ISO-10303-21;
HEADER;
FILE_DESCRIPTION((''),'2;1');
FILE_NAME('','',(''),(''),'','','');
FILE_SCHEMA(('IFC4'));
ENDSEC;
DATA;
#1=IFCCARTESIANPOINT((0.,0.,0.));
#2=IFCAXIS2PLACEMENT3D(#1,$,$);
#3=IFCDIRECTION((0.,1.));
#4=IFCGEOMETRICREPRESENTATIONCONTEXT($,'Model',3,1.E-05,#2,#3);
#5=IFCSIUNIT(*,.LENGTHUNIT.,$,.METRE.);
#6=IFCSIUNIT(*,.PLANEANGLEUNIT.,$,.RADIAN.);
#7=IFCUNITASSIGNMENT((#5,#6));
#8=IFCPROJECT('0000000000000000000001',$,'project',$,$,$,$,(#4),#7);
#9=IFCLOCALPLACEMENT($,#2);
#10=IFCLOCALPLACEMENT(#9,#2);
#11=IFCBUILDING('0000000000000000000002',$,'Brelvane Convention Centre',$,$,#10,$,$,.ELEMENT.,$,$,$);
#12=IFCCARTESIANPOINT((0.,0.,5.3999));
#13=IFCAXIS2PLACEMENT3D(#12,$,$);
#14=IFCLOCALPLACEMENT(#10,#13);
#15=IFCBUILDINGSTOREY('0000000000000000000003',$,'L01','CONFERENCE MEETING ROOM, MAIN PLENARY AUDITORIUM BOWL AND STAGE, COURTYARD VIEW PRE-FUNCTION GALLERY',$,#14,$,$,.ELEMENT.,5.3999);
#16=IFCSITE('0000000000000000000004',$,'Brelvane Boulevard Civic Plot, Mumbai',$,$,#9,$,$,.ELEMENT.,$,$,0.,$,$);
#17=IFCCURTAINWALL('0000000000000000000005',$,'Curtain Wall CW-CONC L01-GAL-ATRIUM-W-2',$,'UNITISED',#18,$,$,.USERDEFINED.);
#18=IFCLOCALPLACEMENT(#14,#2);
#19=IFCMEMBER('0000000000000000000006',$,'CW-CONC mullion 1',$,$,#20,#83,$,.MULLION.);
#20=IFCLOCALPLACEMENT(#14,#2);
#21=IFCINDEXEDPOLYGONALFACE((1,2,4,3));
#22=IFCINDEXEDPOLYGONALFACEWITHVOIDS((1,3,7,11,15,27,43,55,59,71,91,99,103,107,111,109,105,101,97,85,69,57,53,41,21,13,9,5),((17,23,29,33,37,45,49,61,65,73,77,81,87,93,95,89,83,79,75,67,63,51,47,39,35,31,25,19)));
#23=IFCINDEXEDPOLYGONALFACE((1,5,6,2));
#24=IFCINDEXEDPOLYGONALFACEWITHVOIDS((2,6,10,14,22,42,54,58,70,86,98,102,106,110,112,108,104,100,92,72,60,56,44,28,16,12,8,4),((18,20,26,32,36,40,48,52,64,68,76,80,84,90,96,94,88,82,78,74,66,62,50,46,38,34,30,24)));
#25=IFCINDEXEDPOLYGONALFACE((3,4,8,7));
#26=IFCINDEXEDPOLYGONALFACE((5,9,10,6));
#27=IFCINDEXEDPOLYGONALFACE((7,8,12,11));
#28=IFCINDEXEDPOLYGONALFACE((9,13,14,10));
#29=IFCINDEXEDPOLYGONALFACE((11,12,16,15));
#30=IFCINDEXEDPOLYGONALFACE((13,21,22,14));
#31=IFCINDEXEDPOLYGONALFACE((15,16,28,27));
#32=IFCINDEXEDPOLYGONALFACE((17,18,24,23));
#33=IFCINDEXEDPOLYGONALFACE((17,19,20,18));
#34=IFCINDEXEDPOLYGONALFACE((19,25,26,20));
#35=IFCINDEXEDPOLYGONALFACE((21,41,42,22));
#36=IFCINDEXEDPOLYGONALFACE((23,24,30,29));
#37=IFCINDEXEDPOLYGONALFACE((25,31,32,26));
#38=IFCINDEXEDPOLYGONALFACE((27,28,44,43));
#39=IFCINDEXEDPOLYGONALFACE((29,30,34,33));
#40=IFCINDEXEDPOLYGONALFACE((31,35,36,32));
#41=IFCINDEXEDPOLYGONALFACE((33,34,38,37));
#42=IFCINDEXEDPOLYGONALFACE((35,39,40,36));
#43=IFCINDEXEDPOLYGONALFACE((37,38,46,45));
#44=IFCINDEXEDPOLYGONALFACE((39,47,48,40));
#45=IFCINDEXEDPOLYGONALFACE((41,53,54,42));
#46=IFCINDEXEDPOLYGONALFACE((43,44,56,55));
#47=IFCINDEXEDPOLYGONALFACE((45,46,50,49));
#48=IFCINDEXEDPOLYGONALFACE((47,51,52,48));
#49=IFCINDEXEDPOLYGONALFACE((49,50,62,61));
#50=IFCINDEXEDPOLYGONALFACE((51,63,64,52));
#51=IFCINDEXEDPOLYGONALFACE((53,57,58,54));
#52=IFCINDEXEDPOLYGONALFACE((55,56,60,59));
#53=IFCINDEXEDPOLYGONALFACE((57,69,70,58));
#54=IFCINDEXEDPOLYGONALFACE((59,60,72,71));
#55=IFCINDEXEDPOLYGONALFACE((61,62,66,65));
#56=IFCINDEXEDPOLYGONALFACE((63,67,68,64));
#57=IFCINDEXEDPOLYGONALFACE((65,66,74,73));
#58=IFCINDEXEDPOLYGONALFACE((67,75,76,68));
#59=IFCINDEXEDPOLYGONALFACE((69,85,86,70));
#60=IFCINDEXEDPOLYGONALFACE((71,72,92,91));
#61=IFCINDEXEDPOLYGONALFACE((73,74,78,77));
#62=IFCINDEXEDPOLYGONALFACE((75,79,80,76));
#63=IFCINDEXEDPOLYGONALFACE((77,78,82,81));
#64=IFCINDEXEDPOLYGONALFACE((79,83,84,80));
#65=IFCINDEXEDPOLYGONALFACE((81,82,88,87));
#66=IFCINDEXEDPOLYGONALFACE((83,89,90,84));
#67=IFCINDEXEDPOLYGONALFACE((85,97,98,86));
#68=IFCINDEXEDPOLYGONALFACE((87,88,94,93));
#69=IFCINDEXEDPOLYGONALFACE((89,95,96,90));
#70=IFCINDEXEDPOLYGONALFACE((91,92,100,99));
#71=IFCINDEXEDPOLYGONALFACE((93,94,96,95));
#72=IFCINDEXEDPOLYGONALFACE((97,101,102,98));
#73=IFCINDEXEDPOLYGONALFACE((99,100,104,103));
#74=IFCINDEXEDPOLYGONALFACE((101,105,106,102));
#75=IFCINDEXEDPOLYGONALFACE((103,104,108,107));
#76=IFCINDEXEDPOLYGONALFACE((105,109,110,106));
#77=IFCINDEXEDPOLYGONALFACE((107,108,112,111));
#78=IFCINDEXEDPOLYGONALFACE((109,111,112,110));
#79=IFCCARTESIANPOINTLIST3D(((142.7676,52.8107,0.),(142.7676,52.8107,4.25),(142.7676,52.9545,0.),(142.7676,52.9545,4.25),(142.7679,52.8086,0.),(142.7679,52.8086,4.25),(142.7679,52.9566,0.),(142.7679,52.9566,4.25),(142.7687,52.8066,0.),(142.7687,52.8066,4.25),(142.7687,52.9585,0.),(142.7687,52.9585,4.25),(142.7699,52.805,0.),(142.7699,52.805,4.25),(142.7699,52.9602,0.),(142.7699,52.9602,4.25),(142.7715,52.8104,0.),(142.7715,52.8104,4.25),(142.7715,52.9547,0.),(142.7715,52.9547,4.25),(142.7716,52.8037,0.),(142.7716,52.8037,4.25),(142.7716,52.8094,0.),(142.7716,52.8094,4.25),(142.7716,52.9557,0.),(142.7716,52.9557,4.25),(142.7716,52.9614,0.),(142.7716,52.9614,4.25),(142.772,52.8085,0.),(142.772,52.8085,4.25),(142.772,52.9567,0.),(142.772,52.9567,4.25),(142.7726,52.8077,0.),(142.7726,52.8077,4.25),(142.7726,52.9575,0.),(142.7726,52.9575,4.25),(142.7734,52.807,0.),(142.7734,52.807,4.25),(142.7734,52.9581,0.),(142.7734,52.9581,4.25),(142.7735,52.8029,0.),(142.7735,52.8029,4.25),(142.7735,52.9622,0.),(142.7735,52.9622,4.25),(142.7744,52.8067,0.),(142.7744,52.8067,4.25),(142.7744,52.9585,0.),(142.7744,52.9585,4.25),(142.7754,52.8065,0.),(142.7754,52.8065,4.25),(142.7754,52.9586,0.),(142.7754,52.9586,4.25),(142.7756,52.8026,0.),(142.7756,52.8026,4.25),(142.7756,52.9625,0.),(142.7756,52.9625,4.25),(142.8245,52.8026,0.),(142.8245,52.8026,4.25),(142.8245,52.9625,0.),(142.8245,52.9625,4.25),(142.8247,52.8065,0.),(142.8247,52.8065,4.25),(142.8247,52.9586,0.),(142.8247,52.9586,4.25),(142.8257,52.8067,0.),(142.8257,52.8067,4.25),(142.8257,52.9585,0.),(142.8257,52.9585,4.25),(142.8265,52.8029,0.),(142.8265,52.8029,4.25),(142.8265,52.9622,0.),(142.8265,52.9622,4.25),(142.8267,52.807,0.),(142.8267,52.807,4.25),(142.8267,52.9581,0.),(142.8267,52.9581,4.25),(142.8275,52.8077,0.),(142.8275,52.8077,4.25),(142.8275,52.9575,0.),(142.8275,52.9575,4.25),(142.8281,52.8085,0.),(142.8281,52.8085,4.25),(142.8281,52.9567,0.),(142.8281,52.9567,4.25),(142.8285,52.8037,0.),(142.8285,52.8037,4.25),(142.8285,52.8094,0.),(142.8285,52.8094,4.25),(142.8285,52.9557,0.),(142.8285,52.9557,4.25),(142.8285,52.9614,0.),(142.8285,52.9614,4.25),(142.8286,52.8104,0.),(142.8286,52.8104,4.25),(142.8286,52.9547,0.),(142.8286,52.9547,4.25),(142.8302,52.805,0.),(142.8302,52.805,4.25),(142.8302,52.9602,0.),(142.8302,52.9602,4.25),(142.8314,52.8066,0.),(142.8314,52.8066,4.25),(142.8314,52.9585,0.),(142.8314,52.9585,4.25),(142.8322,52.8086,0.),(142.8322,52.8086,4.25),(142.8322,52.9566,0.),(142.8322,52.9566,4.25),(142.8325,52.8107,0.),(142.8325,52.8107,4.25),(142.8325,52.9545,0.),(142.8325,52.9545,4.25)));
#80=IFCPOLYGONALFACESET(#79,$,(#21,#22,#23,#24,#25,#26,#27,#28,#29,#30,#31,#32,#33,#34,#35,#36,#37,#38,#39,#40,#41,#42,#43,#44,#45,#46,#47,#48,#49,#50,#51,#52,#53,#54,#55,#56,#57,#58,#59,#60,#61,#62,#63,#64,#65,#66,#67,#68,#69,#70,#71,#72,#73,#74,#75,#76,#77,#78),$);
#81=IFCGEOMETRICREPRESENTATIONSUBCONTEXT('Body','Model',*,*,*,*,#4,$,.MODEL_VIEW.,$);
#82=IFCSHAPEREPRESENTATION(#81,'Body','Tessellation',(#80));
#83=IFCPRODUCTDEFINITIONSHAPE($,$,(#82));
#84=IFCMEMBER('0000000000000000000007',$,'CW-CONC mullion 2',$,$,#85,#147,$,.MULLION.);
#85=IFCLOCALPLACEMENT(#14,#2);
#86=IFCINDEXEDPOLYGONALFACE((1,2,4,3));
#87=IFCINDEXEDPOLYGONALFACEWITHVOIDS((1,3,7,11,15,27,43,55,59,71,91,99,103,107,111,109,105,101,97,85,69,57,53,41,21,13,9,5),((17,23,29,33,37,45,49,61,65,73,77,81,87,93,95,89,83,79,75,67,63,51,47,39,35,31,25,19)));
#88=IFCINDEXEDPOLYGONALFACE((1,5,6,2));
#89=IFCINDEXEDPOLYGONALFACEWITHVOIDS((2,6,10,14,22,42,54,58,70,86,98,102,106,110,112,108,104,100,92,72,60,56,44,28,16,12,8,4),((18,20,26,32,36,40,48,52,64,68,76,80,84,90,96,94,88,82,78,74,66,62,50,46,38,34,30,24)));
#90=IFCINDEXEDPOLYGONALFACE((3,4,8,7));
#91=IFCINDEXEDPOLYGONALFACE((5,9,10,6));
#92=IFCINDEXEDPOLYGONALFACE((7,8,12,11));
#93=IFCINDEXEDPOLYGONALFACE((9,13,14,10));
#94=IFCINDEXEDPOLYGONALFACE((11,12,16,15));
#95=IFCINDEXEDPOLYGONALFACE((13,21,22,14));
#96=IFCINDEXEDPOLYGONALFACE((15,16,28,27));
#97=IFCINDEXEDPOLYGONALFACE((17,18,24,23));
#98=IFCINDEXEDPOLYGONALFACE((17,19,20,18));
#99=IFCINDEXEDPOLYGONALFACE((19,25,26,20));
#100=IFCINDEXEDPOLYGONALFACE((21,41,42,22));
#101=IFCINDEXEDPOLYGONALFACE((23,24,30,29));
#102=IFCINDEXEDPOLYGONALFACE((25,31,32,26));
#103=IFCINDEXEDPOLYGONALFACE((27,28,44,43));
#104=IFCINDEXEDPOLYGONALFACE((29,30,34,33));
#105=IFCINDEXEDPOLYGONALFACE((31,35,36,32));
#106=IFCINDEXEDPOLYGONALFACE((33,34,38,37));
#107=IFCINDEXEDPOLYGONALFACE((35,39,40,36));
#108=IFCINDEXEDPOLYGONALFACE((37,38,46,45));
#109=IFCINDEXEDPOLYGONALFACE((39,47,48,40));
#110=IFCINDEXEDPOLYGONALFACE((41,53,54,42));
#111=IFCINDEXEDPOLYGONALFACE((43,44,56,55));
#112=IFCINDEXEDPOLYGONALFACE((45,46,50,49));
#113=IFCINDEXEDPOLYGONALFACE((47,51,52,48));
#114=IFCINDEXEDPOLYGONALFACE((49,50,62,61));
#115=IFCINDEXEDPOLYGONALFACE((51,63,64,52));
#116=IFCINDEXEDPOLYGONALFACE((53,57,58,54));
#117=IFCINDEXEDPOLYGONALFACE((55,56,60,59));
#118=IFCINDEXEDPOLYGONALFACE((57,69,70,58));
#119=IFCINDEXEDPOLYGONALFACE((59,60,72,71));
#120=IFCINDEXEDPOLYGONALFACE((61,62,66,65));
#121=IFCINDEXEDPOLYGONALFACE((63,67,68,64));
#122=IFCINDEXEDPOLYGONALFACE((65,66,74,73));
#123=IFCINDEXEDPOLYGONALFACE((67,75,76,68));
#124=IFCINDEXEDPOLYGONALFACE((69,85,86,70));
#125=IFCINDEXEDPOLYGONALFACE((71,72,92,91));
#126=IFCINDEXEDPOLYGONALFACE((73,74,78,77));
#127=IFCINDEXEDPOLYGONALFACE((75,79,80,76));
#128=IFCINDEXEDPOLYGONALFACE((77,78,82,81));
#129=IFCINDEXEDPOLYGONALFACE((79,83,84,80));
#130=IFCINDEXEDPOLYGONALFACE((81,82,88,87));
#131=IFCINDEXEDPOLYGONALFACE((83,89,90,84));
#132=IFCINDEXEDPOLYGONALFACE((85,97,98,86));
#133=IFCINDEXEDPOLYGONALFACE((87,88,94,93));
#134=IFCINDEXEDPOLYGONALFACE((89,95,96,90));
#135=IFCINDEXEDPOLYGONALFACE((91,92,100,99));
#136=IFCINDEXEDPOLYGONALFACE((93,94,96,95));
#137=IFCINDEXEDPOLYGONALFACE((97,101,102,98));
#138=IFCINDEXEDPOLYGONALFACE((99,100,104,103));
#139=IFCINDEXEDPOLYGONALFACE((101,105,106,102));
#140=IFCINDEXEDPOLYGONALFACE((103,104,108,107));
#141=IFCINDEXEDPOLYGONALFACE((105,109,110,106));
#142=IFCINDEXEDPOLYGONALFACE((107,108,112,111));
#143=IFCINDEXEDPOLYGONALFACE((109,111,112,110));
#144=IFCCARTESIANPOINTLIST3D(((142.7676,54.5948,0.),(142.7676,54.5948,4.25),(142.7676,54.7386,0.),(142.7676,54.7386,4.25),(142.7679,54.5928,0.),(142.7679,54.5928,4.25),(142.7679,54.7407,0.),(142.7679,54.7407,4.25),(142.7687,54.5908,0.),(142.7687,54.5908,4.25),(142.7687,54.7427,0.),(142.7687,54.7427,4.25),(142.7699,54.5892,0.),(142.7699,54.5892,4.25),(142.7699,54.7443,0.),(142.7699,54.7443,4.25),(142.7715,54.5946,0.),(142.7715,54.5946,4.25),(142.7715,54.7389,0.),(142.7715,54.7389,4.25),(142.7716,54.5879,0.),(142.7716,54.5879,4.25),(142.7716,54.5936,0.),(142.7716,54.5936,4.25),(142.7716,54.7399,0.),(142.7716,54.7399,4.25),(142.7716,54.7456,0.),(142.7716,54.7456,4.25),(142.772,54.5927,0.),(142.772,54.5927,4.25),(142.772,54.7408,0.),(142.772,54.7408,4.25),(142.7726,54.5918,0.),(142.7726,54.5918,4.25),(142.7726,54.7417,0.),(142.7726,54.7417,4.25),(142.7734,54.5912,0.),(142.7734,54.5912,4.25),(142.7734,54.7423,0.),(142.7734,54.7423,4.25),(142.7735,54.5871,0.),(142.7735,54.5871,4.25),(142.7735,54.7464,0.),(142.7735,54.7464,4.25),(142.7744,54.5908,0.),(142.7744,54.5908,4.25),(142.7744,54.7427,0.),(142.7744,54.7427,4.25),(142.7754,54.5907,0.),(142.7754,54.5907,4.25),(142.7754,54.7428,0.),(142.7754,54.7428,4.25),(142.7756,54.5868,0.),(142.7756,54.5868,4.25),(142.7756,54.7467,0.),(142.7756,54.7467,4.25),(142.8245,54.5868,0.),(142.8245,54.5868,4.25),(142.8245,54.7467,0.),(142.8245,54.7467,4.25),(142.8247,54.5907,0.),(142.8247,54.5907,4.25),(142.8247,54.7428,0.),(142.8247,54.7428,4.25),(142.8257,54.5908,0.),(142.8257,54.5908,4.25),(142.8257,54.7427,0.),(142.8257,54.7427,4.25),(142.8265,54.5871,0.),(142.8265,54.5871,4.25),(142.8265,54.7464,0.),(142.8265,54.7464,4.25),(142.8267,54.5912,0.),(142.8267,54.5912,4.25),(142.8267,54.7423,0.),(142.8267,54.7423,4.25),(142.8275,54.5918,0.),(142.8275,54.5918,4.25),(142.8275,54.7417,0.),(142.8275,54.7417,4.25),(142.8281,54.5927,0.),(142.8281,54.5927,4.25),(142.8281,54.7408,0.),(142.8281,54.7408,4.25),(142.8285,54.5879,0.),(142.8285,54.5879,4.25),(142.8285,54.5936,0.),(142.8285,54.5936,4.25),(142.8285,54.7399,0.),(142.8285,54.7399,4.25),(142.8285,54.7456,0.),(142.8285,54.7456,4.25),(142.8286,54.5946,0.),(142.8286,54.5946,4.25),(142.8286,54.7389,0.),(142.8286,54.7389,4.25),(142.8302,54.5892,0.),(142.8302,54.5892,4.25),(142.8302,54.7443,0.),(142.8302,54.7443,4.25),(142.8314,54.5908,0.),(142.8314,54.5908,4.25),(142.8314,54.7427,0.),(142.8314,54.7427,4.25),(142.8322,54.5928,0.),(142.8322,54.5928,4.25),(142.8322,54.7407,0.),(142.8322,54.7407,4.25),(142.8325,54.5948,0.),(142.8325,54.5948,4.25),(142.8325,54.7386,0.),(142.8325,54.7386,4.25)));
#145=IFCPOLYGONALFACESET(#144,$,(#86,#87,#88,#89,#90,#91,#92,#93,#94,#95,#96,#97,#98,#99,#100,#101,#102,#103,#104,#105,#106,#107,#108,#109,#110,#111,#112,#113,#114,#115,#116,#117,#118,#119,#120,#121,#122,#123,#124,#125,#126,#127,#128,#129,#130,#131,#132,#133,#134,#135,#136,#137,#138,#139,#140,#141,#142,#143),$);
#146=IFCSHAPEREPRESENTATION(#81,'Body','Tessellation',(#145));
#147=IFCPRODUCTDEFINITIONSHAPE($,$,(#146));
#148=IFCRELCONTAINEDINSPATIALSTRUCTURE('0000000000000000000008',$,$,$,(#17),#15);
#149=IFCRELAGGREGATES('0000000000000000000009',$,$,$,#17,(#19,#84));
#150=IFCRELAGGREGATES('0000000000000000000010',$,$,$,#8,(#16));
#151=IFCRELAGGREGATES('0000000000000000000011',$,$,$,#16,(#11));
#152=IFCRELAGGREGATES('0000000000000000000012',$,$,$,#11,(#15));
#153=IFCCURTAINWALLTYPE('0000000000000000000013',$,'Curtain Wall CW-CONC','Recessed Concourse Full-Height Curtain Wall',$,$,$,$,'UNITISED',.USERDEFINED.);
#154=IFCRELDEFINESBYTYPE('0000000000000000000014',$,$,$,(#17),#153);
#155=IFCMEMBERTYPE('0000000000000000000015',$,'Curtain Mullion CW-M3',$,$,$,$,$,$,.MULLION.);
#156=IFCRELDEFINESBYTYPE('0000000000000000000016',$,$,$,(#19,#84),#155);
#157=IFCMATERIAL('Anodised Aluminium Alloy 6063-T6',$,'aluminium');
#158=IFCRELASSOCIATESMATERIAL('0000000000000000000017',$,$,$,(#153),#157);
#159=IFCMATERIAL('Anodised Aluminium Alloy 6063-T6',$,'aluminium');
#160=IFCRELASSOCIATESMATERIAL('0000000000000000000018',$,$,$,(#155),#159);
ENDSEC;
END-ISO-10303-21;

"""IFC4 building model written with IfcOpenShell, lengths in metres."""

from ifc_helpers import new_model, si_unit, direction, frame, origin, origin_2d, place, context, subcontext, project, spatial, hollow_rectangle, extrude, material, material_profile, profile_set, type_object, element, aggregate, save


model = new_model("IFC4")

# Units and contexts
model_context = context("Model", 3, precision=1e-05, world=origin(), true_north=direction((0.0, 1.0)))
body_context = subcontext(model_context, "Body", "Model", "MODEL_VIEW")
ifc_project = project(units=[si_unit("LENGTHUNIT", "METRE"), si_unit("PLANEANGLEUNIT", "RADIAN")], contexts=[model_context])

# Site, building, storey
site_placement = place(None, origin())
site = spatial("IfcSite", under=ifc_project, at=site_placement, Name="Brelvane Boulevard Civic Plot, Mumbai", CompositionType="ELEMENT", RefElevation=0.0)
building_placement = place(site_placement, origin())
building = spatial("IfcBuilding", under=site, at=building_placement, Name="Brelvane Convention Centre", CompositionType="ELEMENT")
storey_placement = place(building_placement, frame((0.0, 0.0, 5.3999)))
storey = spatial("IfcBuildingStorey", under=building, at=storey_placement, Name="L01", Description="CONFERENCE MEETING ROOM, MAIN PLENARY AUDITORIUM BOWL AND STAGE, COURTYARD VIEW PRE-FUNCTION GALLERY", CompositionType="ELEMENT", Elevation=5.3999)

# Curtain wall, members
ifc_material_1 = material(Name="Anodised Aluminium Alloy 6063-T6", Category="aluminium")
curtain_wall_type = type_object("IfcCurtainWallType", Name="Curtain Wall CW-CONC", Description="Recessed Concourse Full-Height Curtain Wall", ElementType="UNITISED", PredefinedType="USERDEFINED", material=ifc_material_1)
curtain_wall_placement = place(storey_placement, origin())
curtain_wall = element("IfcCurtainWall", 1, at=curtain_wall_placement, inside=storey, type_object=curtain_wall_type, Name="Curtain Wall CW-CONC L01-GAL-ATRIUM-W-2", ObjectType="UNITISED", PredefinedType="USERDEFINED")
ifc_material_2 = material(Name="Anodised Aluminium Alloy 6063-T6", Category="aluminium")
ifc_material_profile_1 = material_profile(ifc_material_2, hollow_rectangle(XDim=0.0649, YDim=0.1599, WallThickness=0.0039, InnerFilletRadius=0.0039, OuterFilletRadius=0.0081, at=origin_2d()), Name="ALU-M 160x65x4.0")
ifc_profile_set_1 = profile_set([ifc_material_profile_1], Name="Anodised Aluminium Alloy 6063-T6")
member_type_1 = type_object("IfcMemberType", Name="Curtain Mullion CW-M3", PredefinedType="MULLION", material=ifc_profile_set_1)
member_1_placement = place(storey_placement, frame((142.8, 52.8826, 0.0), z_axis=(0.0, 0.0, 1.0), x_axis=(-1.0, 0.0, 0.0)))
member_1 = element("IfcMember", 2, at=member_1_placement, type_object=member_type_1, Name="CW-CONC mullion 1", PredefinedType="MULLION", context=body_context, shape_type="SweptSolid", body=[
    extrude(hollow_rectangle(XDim=0.0649, YDim=0.1599, WallThickness=0.0039, InnerFilletRadius=0.0039, OuterFilletRadius=0.0081, at=origin_2d()), origin(), (0.0, 0.0, 1.0), 4.25),
])
member_2_placement = place(storey_placement, frame((142.8, 54.6667, 0.0), z_axis=(0.0, 0.0, 1.0), x_axis=(-1.0, 0.0, 0.0)))
member_2 = element("IfcMember", 3, at=member_2_placement, type_object=member_type_1, Name="CW-CONC mullion 2", PredefinedType="MULLION", context=body_context, shape_type="SweptSolid", body=[
    extrude(hollow_rectangle(XDim=0.0649, YDim=0.1599, WallThickness=0.0039, InnerFilletRadius=0.0039, OuterFilletRadius=0.0081, at=origin_2d()), origin(), (0.0, 0.0, 1.0), 4.25),
])

aggregate(curtain_wall, [member_1, member_2])

save(model, "model.ifc")
